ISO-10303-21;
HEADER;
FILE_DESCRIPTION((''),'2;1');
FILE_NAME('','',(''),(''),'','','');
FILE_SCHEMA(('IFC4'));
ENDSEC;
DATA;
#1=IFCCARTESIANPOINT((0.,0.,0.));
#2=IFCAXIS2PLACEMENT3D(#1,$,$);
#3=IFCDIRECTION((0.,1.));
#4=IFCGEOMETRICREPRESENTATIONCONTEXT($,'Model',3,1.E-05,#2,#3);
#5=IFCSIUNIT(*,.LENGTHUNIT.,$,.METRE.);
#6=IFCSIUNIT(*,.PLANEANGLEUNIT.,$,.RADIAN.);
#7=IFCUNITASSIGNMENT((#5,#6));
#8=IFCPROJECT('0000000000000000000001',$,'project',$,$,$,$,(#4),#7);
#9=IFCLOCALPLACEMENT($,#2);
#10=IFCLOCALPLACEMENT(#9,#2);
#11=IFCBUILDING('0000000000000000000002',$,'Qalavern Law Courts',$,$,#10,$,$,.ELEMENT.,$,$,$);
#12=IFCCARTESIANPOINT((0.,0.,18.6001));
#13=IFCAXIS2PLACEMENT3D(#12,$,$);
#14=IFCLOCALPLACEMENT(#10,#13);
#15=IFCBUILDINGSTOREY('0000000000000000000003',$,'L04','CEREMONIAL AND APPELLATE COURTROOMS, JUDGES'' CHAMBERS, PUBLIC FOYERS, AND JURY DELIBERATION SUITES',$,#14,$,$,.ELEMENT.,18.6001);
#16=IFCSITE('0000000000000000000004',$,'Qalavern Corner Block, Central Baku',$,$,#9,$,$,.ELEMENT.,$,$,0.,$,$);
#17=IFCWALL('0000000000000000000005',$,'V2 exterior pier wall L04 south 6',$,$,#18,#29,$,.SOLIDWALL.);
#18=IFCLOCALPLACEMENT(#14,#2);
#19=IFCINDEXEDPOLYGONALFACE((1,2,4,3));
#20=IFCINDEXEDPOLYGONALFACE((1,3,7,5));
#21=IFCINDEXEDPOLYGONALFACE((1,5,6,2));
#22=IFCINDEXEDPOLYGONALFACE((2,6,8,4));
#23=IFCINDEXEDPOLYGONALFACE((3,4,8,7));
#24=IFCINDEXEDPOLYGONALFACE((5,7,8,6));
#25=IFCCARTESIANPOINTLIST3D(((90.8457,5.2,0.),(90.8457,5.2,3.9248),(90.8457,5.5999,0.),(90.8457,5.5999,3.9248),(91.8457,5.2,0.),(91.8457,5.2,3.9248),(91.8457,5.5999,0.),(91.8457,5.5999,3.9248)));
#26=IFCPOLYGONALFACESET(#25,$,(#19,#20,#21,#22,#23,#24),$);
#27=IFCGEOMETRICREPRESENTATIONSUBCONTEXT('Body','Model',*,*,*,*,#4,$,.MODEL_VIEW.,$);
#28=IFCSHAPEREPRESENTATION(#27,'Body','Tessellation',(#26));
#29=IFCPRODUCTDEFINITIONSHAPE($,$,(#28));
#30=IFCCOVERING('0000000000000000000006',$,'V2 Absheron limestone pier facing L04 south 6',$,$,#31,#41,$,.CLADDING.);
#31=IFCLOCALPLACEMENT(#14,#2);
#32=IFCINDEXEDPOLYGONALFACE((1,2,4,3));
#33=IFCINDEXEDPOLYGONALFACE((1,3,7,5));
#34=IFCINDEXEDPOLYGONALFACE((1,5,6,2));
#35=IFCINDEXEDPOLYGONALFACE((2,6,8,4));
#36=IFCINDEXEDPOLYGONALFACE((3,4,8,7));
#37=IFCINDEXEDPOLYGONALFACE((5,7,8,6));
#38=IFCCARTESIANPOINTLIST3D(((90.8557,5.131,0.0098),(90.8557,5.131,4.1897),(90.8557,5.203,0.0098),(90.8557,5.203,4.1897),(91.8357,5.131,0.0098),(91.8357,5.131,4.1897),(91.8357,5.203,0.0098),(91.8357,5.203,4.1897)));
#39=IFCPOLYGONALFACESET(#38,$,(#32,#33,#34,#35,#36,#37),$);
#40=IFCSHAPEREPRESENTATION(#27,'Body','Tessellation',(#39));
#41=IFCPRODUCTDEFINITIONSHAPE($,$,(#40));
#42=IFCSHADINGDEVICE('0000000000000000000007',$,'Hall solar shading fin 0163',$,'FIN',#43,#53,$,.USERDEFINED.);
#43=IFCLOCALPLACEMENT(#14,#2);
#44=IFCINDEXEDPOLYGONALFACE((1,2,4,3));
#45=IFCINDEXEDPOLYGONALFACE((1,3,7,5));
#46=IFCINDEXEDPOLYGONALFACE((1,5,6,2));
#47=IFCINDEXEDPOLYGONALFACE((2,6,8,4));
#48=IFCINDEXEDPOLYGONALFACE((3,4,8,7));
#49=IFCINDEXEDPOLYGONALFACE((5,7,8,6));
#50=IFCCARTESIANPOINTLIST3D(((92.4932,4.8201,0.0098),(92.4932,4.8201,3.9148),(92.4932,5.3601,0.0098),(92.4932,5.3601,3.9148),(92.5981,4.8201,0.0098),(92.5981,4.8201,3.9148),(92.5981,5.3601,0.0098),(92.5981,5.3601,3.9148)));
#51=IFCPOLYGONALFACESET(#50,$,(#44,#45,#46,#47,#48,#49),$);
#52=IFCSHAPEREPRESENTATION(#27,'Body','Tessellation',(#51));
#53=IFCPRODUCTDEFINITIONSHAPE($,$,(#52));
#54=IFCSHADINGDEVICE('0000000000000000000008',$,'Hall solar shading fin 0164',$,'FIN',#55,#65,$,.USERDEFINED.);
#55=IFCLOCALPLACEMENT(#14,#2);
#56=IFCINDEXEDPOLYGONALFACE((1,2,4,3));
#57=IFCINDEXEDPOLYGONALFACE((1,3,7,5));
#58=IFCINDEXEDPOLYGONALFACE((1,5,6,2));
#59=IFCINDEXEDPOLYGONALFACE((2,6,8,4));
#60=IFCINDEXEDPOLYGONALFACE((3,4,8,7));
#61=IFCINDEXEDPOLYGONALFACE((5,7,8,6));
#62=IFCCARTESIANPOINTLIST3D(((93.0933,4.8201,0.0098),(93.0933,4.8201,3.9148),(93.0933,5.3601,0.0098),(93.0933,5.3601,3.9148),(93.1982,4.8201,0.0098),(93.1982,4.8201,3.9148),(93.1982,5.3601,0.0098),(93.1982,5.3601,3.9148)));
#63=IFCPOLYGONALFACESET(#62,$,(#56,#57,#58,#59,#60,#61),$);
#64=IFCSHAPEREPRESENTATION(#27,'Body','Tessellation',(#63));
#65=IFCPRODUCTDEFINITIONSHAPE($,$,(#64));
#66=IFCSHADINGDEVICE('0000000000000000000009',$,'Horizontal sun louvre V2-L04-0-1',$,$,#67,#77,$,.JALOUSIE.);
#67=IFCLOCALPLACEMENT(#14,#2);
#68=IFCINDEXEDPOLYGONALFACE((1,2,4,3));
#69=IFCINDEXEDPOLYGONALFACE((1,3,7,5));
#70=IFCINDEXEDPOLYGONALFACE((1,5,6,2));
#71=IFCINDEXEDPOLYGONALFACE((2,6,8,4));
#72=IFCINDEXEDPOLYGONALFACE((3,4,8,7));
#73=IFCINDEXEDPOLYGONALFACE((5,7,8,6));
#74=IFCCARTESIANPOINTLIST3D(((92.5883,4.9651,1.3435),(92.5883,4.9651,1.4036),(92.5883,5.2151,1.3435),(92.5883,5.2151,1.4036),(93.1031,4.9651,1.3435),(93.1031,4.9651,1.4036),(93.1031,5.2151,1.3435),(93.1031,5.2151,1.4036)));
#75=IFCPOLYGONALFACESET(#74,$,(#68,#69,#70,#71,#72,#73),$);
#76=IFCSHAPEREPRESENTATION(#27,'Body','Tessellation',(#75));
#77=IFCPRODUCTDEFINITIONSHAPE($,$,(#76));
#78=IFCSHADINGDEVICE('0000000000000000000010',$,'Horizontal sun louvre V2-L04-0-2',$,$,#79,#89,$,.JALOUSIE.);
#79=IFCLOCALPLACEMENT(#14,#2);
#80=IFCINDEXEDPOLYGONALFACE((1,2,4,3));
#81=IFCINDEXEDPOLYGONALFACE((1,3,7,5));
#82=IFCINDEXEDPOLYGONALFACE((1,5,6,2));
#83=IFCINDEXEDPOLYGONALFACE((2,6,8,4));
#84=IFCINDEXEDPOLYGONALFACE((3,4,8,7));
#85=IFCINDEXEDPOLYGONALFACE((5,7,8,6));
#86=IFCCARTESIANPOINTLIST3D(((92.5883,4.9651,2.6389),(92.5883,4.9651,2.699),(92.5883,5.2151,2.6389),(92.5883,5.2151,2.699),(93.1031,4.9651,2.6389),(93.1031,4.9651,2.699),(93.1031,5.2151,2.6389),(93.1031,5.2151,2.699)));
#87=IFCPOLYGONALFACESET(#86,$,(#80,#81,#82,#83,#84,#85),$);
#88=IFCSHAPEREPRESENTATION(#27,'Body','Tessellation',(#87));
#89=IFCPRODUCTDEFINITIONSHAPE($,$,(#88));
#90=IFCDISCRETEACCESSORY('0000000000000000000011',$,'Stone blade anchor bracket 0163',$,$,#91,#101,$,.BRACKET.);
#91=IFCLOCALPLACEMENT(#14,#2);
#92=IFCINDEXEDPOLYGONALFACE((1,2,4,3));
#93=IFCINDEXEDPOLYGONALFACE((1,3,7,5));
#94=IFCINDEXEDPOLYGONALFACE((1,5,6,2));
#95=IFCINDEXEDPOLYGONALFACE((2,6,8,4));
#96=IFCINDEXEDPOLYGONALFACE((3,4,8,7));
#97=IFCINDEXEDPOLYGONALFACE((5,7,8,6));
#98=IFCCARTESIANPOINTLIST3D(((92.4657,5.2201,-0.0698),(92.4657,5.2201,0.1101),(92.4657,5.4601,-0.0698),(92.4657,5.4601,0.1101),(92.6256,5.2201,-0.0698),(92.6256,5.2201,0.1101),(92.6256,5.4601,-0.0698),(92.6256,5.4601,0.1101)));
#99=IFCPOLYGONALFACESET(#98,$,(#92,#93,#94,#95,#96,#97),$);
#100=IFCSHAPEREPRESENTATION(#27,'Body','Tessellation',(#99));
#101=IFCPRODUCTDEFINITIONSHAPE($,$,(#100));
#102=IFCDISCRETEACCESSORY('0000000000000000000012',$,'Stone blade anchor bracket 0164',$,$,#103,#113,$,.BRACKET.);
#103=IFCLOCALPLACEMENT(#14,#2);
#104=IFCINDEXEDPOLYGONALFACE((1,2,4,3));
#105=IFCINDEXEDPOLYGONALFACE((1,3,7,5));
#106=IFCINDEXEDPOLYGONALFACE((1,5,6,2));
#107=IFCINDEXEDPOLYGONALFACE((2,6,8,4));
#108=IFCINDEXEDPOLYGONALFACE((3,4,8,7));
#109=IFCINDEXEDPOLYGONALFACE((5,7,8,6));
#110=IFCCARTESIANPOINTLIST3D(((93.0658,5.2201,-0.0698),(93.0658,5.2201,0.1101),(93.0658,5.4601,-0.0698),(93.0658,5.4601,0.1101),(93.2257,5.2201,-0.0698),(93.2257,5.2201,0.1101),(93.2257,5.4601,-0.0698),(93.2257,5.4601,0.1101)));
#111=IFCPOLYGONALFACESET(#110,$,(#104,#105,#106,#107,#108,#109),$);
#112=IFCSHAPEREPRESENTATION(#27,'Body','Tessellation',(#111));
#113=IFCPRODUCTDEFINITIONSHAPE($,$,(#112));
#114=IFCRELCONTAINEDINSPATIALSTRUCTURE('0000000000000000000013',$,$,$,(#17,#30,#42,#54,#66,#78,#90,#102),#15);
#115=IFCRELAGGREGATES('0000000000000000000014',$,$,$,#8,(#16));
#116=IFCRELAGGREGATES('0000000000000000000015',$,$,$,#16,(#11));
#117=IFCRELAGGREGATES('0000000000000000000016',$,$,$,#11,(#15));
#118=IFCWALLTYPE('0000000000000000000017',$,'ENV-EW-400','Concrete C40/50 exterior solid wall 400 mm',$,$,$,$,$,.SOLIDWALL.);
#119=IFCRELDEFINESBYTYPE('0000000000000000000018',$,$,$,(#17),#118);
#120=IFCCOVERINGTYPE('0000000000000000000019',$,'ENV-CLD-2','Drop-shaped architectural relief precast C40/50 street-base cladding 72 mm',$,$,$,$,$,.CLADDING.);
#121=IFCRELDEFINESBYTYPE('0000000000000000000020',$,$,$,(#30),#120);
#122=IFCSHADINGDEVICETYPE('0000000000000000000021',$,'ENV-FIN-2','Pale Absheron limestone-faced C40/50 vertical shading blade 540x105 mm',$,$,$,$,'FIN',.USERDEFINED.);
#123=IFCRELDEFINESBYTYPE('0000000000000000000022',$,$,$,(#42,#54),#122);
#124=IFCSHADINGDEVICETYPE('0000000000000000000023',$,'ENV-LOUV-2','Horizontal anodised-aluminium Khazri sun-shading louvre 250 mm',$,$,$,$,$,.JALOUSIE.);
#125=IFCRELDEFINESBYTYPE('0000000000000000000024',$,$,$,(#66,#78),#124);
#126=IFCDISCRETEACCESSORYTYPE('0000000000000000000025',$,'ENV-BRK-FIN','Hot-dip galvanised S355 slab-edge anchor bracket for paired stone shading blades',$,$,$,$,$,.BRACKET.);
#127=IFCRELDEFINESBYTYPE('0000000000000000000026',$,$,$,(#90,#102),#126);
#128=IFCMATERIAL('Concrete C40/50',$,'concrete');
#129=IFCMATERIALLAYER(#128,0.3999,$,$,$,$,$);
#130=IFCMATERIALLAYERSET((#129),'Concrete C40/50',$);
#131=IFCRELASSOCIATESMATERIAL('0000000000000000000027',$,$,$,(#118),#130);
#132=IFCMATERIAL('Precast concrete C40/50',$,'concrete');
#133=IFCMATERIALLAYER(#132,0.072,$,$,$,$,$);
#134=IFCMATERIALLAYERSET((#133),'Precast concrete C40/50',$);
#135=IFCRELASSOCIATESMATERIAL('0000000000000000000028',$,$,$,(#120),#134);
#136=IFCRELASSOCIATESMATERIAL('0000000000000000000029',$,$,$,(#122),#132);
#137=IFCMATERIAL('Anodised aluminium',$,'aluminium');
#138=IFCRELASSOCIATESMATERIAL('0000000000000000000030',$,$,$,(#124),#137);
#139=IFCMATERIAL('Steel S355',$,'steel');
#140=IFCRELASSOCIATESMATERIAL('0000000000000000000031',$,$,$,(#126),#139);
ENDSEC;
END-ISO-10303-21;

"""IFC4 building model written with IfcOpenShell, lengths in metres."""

from ifc_helpers import new_model, si_unit, direction, frame, frame_2d, origin, origin_2d, place, context, subcontext, project, spatial, rectangle, extrude, material, layer, layer_set, type_object, element, save


model = new_model("IFC4")

# Units and contexts
model_context = context("Model", 3, precision=1e-05, world=origin(), true_north=direction((0.0, 1.0)))
body_context = subcontext(model_context, "Body", "Model", "MODEL_VIEW")
ifc_project = project(units=[si_unit("LENGTHUNIT", "METRE"), si_unit("PLANEANGLEUNIT", "RADIAN")], contexts=[model_context])

# Site, building, storey
site_placement = place(None, origin())
site = spatial("IfcSite", under=ifc_project, at=site_placement, Name="Qalavern Corner Block, Central Baku", CompositionType="ELEMENT", RefElevation=0.0)
building_placement = place(site_placement, origin())
building = spatial("IfcBuilding", under=site, at=building_placement, Name="Qalavern Law Courts", CompositionType="ELEMENT")
storey_placement = place(building_placement, frame((0.0, 0.0, 18.6001)))
storey = spatial("IfcBuildingStorey", under=building, at=storey_placement, Name="L04", Description="CEREMONIAL AND APPELLATE COURTROOMS, JUDGES' CHAMBERS, PUBLIC FOYERS, AND JURY DELIBERATION SUITES", CompositionType="ELEMENT", Elevation=18.6001)

# Shared definitions
ifc_material_1 = material(Name="Anodised aluminium", Category="aluminium")

# Shared definitions
ifc_material_2 = material(Name="Steel S355", Category="steel")
ifc_material_3 = material(Name="Concrete C40/50", Category="concrete")

# Wall
ifc_layer_1 = layer(ifc_material_3, 0.3999)
ifc_layer_set_1 = layer_set([ifc_layer_1], Name="Concrete C40/50")
wall_type = type_object("IfcWallType", Name="ENV-EW-400", Description="Concrete C40/50 exterior solid wall 400 mm", PredefinedType="SOLIDWALL", material=ifc_layer_set_1)
wall_placement = place(storey_placement, frame((90.8457, 5.3999, 0.0), z_axis=(0.0, 0.0, 1.0), x_axis=(1.0, 0.0, 0.0)))
element("IfcWall", 1, at=wall_placement, inside=storey, type_object=wall_type, Name="V2 exterior pier wall L04 south 6", PredefinedType="SOLIDWALL", context=body_context, shape_type="SweptSolid", body=[
    extrude(rectangle(XDim=1.0, YDim=0.3999, at=frame_2d((0.5, 0.0))), origin(), (0.0, 0.0, 1.0), 3.9248),
])

# Covering
ifc_material_4 = material(Name="Precast concrete C40/50", Category="concrete")
ifc_layer_2 = layer(ifc_material_4, 0.072)
ifc_layer_set_2 = layer_set([ifc_layer_2], Name="Precast concrete C40/50")
covering_type = type_object("IfcCoveringType", Name="ENV-CLD-2", Description="Drop-shaped architectural relief precast C40/50 street-base cladding 72 mm", PredefinedType="CLADDING", material=ifc_layer_set_2)
covering_placement = place(storey_placement, frame((91.3457, 5.167, 0.0098), z_axis=(0.0, 0.0, 1.0), x_axis=(1.0, 0.0, 0.0)))
element("IfcCovering", 2, at=covering_placement, inside=storey, type_object=covering_type, Name="V2 Absheron limestone pier facing L04 south 6", PredefinedType="CLADDING", context=body_context, shape_type="SweptSolid", body=[
    extrude(rectangle(XDim=0.98, YDim=0.072, at=origin_2d()), origin(), (0.0, 0.0, 1.0), 4.1799),
])

# Shading devices
shading_device_type_1 = type_object("IfcShadingDeviceType", Name="ENV-FIN-2", Description="Pale Absheron limestone-faced C40/50 vertical shading blade 540x105 mm", ElementType="FIN", PredefinedType="USERDEFINED", material=ifc_material_4)
for number, where, z_axis, x_axis, name in (
    (3, (92.5457, 5.0901, 0.0098), (0.0, 0.0, 1.0), (0.0, -1.0, 0.0), "Hall solar shading fin 0163"),
    (4, (93.1458, 5.0901, 0.0098), (0.0, 0.0, 1.0), (0.0, -1.0, 0.0), "Hall solar shading fin 0164"),
):
    element("IfcShadingDevice", number, at=place(storey_placement, frame(where, z_axis=z_axis, x_axis=x_axis)), inside=storey, type_object=shading_device_type_1, Name=name, ObjectType="FIN", PredefinedType="USERDEFINED", context=body_context, shape_type="SweptSolid", body=[
        extrude(rectangle(XDim=0.54, YDim=0.105, at=origin_2d()), origin(), (0.0, 0.0, 1.0), 3.905),
    ])
shading_device_type_2 = type_object("IfcShadingDeviceType", Name="ENV-LOUV-2", Description="Horizontal anodised-aluminium Khazri sun-shading louvre 250 mm", PredefinedType="JALOUSIE", material=ifc_material_1)
for number, where, z_axis, x_axis, name in (
    (5, (92.8457, 5.0901, 1.3435), (0.0, 0.0, 1.0), (1.0, 0.0, 0.0), "Horizontal sun louvre V2-L04-0-1"),
    (6, (92.8457, 5.0901, 2.6389), (0.0, 0.0, 1.0), (1.0, 0.0, 0.0), "Horizontal sun louvre V2-L04-0-2"),
):
    element("IfcShadingDevice", number, at=place(storey_placement, frame(where, z_axis=z_axis, x_axis=x_axis)), inside=storey, type_object=shading_device_type_2, Name=name, PredefinedType="JALOUSIE", context=body_context, shape_type="SweptSolid", body=[
        extrude(rectangle(XDim=0.5149, YDim=0.25, at=origin_2d()), origin(), (0.0, 0.0, 1.0), 0.0601),
    ])

# Discrete accessories
discrete_accessory_type = type_object("IfcDiscreteAccessoryType", Name="ENV-BRK-FIN", Description="Hot-dip galvanised S355 slab-edge anchor bracket for paired stone shading blades", PredefinedType="BRACKET", material=ifc_material_2)
for number, where, z_axis, x_axis, name in (
    (7, (92.5457, 5.3401, -0.0698), (0.0, 0.0, 1.0), (0.0, -1.0, 0.0), "Stone blade anchor bracket 0163"),
    (8, (93.1458, 5.3401, -0.0698), (0.0, 0.0, 1.0), (0.0, -1.0, 0.0), "Stone blade anchor bracket 0164"),
):
    element("IfcDiscreteAccessory", number, at=place(storey_placement, frame(where, z_axis=z_axis, x_axis=x_axis)), inside=storey, type_object=discrete_accessory_type, Name=name, PredefinedType="BRACKET", context=body_context, shape_type="SweptSolid", body=[
        extrude(rectangle(XDim=0.24, YDim=0.1599, at=origin_2d()), origin(), (0.0, 0.0, 1.0), 0.1799),
    ])

save(model, "model.ifc")
